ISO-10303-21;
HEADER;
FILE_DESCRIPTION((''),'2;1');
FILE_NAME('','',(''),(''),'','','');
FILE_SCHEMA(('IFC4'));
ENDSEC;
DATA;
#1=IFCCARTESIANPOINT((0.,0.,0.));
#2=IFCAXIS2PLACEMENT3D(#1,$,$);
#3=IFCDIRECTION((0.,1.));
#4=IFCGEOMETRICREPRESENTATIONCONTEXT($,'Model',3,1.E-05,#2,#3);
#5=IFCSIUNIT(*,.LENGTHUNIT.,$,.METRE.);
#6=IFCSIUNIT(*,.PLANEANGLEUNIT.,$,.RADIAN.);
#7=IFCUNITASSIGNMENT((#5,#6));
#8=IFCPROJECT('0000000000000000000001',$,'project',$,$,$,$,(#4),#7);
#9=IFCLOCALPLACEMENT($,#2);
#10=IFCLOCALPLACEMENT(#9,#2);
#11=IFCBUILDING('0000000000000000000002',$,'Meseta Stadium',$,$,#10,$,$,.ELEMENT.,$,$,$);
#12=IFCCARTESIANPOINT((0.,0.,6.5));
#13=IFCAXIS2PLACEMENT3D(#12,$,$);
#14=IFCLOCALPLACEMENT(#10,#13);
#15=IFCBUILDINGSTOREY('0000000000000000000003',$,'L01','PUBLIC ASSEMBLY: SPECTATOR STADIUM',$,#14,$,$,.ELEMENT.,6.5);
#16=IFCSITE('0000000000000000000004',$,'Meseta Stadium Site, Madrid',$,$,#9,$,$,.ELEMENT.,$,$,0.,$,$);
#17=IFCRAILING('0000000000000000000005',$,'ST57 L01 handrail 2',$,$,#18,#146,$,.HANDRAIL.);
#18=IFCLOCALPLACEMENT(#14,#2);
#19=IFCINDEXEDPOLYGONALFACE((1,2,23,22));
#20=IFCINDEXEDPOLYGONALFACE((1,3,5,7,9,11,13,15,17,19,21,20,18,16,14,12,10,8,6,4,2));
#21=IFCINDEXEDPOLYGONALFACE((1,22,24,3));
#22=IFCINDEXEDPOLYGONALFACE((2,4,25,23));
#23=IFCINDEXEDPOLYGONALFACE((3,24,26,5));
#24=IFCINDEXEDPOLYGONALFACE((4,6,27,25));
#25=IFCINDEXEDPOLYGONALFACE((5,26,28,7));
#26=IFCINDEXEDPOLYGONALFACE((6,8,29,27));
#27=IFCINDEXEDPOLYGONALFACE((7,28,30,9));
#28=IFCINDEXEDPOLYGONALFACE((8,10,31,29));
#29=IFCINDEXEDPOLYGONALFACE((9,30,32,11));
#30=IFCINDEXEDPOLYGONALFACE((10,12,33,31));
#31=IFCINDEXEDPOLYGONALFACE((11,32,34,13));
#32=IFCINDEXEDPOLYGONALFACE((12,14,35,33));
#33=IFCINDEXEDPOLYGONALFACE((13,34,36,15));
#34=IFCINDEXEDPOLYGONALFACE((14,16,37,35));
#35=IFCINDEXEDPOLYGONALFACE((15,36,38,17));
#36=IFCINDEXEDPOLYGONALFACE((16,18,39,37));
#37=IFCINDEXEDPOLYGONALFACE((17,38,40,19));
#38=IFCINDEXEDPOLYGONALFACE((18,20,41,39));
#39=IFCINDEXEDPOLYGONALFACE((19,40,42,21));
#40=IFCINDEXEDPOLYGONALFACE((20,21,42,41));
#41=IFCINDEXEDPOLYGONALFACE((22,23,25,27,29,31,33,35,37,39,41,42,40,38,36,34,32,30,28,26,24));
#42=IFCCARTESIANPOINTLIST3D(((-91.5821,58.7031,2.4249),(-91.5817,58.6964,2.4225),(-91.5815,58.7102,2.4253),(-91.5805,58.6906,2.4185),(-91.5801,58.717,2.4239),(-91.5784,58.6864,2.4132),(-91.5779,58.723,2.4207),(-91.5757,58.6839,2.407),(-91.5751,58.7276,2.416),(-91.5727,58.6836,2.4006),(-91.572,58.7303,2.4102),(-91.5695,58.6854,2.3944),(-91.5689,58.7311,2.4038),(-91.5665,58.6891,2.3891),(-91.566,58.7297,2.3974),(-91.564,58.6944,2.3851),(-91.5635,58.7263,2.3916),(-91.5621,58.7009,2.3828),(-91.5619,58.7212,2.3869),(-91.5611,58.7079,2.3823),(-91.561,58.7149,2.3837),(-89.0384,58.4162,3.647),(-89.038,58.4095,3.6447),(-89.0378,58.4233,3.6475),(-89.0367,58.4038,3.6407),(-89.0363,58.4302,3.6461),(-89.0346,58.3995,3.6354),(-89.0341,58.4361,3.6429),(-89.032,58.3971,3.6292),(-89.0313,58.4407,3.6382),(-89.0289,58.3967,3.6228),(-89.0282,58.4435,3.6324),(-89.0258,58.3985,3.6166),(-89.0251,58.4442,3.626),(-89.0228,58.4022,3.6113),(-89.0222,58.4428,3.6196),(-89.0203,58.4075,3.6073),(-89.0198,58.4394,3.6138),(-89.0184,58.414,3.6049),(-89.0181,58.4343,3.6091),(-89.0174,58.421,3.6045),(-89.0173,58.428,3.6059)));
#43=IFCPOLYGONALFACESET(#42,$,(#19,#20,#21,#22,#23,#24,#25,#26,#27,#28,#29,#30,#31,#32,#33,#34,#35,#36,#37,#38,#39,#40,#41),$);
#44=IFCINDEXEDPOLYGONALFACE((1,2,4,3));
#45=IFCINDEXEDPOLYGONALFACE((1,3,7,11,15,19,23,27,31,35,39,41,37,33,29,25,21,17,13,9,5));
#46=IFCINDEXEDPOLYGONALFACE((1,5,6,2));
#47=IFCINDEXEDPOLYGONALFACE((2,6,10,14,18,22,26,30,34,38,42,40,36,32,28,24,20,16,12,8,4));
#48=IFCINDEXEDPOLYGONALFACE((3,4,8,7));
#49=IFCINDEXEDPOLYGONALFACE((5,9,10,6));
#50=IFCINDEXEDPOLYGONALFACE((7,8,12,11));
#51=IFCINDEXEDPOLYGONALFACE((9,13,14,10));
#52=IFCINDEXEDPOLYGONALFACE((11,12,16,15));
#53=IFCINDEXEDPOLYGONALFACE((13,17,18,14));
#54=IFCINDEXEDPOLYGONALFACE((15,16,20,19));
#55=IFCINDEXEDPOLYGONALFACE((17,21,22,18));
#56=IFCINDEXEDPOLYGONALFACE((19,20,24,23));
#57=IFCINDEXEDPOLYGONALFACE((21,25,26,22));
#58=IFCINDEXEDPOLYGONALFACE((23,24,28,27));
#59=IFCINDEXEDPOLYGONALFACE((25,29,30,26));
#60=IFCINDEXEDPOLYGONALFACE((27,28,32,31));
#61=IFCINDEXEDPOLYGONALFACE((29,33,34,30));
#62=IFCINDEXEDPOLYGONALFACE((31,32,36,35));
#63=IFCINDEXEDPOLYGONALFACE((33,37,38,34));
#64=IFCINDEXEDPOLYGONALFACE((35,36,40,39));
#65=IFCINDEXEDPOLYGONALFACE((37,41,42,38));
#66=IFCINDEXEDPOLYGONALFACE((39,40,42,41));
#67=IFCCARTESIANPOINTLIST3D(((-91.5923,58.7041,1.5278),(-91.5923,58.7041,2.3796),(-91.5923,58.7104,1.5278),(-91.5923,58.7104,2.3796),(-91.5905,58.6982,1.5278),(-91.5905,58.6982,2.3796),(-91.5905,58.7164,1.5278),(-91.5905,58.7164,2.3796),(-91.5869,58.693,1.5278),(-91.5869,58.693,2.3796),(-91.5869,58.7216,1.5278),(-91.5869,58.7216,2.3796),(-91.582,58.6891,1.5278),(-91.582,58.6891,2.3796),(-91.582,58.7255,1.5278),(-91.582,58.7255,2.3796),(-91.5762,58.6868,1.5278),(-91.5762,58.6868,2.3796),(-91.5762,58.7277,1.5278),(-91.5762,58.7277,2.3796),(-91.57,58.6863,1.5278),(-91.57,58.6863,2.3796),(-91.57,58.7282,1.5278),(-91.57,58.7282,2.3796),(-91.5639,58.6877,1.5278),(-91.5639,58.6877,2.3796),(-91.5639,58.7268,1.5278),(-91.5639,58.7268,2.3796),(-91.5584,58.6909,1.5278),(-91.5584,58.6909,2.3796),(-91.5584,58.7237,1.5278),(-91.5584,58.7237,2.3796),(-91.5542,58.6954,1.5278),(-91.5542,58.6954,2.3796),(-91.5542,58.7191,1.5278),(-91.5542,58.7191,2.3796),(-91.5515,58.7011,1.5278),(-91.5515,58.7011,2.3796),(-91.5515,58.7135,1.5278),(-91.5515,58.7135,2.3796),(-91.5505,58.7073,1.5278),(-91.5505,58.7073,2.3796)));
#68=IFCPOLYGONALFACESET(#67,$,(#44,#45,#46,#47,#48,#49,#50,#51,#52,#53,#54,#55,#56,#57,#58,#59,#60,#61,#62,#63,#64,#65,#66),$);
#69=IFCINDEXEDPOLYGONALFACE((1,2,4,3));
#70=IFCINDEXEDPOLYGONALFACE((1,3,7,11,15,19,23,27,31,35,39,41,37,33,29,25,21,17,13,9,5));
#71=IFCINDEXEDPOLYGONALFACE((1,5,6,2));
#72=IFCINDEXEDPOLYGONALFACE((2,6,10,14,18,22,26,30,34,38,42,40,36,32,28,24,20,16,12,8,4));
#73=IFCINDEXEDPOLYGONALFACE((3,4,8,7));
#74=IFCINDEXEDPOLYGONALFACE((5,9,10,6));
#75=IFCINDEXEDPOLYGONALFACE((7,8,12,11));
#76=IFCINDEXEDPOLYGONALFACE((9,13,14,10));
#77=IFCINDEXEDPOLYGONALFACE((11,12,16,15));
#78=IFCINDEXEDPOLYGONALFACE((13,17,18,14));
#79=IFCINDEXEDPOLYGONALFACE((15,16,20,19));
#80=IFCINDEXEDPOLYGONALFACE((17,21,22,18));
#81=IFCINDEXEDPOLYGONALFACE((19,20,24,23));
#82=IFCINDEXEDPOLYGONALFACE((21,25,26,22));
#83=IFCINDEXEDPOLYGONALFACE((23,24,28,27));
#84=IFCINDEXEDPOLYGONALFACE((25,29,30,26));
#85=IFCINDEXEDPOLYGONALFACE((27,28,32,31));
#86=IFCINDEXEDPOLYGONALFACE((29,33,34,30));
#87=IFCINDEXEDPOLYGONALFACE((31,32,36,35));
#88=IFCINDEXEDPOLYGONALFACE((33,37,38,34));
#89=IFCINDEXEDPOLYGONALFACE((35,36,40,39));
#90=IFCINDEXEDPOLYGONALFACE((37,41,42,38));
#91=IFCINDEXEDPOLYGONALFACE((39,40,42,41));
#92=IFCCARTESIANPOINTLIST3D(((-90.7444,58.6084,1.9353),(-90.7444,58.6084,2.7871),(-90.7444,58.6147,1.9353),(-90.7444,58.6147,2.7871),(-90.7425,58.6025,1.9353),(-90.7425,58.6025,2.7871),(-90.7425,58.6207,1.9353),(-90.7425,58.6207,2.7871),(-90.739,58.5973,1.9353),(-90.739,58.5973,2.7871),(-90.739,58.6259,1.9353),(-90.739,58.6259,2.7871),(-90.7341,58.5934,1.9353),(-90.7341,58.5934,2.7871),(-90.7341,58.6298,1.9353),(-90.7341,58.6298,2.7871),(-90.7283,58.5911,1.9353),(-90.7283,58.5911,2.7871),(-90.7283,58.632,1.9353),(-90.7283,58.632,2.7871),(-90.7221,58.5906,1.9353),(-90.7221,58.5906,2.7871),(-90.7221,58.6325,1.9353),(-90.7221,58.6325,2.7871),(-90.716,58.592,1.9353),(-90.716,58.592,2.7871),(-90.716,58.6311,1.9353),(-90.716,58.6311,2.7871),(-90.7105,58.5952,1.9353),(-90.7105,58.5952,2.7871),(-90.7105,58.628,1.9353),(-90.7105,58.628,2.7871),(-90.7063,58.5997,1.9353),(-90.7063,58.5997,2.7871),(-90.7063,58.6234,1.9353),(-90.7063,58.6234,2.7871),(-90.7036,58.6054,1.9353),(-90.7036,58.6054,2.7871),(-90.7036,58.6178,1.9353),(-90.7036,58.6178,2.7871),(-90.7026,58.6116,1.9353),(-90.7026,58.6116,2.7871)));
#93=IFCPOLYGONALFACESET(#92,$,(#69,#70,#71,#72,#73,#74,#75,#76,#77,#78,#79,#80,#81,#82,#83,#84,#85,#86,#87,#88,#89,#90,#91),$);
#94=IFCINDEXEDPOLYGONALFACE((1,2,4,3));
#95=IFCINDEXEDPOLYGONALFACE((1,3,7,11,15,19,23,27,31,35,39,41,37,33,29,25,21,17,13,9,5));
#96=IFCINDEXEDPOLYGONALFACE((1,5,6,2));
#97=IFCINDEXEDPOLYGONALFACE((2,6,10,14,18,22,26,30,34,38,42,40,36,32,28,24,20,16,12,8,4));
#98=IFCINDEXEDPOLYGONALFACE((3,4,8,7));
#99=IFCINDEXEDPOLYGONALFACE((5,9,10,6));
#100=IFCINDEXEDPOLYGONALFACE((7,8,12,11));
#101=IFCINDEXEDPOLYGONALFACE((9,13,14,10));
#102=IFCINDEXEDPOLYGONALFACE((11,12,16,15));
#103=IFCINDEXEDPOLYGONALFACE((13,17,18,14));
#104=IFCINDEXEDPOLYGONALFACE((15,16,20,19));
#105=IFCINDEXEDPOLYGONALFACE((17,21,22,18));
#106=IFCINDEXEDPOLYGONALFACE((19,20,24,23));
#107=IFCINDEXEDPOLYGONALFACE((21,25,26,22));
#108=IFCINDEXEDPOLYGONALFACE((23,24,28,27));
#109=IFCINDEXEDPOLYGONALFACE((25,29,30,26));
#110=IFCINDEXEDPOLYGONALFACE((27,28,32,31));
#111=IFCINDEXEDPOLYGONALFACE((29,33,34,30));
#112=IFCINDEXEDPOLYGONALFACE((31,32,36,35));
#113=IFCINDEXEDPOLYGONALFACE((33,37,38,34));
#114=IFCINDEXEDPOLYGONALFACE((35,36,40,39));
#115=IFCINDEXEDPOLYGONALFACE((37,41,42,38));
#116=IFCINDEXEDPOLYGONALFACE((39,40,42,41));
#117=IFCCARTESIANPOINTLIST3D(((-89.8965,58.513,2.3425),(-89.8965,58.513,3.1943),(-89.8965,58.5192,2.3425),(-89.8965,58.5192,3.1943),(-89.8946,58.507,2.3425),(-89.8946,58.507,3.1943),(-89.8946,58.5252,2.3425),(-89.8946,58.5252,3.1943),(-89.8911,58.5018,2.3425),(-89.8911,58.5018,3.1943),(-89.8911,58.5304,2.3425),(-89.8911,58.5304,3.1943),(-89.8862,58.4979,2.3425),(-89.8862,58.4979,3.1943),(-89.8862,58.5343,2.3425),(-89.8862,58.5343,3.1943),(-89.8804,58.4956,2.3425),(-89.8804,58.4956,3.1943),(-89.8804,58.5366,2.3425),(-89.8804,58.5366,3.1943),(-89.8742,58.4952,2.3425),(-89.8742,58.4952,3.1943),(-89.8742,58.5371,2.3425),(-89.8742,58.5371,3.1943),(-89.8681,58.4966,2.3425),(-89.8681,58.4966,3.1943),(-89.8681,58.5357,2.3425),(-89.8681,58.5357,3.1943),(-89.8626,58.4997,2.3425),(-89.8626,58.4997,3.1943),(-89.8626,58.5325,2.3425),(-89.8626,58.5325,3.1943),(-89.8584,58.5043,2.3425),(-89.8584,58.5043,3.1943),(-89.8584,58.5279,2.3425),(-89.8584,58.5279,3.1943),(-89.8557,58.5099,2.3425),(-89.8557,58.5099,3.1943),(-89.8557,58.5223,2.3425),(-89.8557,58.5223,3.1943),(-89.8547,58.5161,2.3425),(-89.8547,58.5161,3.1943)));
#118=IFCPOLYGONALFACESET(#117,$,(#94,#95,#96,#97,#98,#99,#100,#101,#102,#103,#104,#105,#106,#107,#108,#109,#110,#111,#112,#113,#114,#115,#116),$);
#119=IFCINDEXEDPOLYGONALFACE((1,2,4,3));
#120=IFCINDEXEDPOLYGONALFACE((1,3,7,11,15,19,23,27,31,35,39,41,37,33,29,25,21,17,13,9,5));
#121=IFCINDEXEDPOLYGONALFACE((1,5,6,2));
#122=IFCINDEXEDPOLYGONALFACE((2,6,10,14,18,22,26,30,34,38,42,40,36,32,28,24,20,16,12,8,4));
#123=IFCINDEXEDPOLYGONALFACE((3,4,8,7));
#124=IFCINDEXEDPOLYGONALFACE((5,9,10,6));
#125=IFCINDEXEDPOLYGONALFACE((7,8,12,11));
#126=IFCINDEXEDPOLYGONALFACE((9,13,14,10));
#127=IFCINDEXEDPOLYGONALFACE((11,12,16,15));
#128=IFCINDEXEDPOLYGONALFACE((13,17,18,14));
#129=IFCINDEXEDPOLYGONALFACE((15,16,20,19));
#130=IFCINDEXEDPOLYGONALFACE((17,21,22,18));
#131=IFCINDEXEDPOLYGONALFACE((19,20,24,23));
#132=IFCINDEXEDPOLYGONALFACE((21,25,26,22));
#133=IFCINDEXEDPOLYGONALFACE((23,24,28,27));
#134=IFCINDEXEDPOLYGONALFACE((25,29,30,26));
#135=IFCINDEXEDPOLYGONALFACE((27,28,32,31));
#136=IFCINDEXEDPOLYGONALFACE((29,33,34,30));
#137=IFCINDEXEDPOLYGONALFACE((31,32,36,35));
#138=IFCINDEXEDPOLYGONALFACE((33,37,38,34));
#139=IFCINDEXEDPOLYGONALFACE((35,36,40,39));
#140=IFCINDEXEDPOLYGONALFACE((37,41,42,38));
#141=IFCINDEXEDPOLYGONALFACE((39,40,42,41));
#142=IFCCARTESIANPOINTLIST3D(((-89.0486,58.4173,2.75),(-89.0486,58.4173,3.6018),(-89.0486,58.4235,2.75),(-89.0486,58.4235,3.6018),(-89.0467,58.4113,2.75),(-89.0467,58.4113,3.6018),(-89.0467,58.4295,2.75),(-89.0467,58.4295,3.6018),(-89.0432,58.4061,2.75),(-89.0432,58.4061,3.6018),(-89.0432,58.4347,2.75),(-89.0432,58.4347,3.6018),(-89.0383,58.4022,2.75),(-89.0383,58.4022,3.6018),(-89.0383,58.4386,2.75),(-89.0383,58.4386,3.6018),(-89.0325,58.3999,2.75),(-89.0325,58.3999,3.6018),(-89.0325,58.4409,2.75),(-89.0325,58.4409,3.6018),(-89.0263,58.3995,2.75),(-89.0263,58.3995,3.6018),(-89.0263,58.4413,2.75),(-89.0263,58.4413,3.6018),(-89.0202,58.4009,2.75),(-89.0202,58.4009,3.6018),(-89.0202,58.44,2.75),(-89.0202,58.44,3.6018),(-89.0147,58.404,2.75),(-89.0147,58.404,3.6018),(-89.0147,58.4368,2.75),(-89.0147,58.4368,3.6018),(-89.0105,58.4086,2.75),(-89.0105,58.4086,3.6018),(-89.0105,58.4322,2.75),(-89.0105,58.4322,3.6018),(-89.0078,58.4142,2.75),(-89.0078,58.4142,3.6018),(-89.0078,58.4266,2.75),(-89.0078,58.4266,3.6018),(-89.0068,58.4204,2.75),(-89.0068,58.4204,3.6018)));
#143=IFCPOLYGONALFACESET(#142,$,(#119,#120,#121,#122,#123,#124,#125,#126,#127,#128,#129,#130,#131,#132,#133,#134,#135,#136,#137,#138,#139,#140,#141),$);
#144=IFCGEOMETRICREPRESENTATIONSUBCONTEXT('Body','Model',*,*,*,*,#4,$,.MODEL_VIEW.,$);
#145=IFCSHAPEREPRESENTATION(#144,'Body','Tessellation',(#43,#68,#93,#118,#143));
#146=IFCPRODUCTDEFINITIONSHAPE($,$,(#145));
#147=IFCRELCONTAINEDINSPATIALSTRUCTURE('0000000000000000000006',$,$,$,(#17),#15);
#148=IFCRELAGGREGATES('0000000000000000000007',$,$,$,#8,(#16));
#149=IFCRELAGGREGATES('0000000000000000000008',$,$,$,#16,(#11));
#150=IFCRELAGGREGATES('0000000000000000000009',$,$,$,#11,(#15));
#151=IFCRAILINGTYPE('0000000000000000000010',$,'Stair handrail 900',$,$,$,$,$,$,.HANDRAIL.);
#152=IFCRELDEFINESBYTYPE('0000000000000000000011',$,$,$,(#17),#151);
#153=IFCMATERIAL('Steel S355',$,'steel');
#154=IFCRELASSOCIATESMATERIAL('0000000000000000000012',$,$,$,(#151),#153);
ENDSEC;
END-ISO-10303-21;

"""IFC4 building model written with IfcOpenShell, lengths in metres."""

from ifc_helpers import new_model, si_unit, direction, frame, origin, origin_2d, place, context, subcontext, project, spatial, circle, extrude, material, type_object, element, save


model = new_model("IFC4")

# Units and contexts
model_context = context("Model", 3, precision=1e-05, world=origin(), true_north=direction((0.0, 1.0)))
body_context = subcontext(model_context, "Body", "Model", "MODEL_VIEW")
ifc_project = project(units=[si_unit("LENGTHUNIT", "METRE"), si_unit("PLANEANGLEUNIT", "RADIAN")], contexts=[model_context])

# Site, building, storey
site_placement = place(None, origin())
site = spatial("IfcSite", under=ifc_project, at=site_placement, Name="Meseta Stadium Site, Madrid", CompositionType="ELEMENT", RefElevation=0.0)
building_placement = place(site_placement, origin())
building = spatial("IfcBuilding", under=site, at=building_placement, Name="Meseta Stadium", CompositionType="ELEMENT")
storey_placement = place(building_placement, frame((0.0, 0.0, 6.5)))
storey = spatial("IfcBuildingStorey", under=building, at=storey_placement, Name="L01", Description="PUBLIC ASSEMBLY: SPECTATOR STADIUM", CompositionType="ELEMENT", Elevation=6.5)

# Railing
ifc_material_1 = material(Name="Steel S355", Category="steel")
railing_type_1 = type_object("IfcRailingType", Name="Stair handrail 900", PredefinedType="HANDRAIL", material=ifc_material_1)
for number, where, name in (
    (1, (-91.5715, 58.7073, 1.5278), "ST57 L01 handrail 2"),
):
    element("IfcRailing", number, at=place(storey_placement, frame(where)), inside=storey, type_object=railing_type_1, Name=name, PredefinedType="HANDRAIL", context=body_context, shape_type="SweptSolid", body=[
        extrude(circle(Radius=0.0239, at=origin_2d()), frame((0.0, 0.0, 0.876), z_axis=(0.896737, -0.101129, 0.430854), x_axis=(0.112064, 0.993701, 0.0)), (0.0, 0.0, 1.0), 2.8367),
        extrude(circle(Radius=0.021, at=origin_2d()), origin(), (0.0, 0.0, 1.0), 0.8518),
        extrude(circle(Radius=0.021, at=origin_2d()), frame((0.8479, -0.0957, 0.4075)), (0.0, 0.0, 1.0), 0.8518),
        extrude(circle(Radius=0.021, at=origin_2d()), frame((1.6958, -0.1912, 0.8147)), (0.0, 0.0, 1.0), 0.8518),
        extrude(circle(Radius=0.021, at=origin_2d()), frame((2.5437, -0.2869, 1.2222)), (0.0, 0.0, 1.0), 0.8518),
    ])

save(model, "model.ifc")
